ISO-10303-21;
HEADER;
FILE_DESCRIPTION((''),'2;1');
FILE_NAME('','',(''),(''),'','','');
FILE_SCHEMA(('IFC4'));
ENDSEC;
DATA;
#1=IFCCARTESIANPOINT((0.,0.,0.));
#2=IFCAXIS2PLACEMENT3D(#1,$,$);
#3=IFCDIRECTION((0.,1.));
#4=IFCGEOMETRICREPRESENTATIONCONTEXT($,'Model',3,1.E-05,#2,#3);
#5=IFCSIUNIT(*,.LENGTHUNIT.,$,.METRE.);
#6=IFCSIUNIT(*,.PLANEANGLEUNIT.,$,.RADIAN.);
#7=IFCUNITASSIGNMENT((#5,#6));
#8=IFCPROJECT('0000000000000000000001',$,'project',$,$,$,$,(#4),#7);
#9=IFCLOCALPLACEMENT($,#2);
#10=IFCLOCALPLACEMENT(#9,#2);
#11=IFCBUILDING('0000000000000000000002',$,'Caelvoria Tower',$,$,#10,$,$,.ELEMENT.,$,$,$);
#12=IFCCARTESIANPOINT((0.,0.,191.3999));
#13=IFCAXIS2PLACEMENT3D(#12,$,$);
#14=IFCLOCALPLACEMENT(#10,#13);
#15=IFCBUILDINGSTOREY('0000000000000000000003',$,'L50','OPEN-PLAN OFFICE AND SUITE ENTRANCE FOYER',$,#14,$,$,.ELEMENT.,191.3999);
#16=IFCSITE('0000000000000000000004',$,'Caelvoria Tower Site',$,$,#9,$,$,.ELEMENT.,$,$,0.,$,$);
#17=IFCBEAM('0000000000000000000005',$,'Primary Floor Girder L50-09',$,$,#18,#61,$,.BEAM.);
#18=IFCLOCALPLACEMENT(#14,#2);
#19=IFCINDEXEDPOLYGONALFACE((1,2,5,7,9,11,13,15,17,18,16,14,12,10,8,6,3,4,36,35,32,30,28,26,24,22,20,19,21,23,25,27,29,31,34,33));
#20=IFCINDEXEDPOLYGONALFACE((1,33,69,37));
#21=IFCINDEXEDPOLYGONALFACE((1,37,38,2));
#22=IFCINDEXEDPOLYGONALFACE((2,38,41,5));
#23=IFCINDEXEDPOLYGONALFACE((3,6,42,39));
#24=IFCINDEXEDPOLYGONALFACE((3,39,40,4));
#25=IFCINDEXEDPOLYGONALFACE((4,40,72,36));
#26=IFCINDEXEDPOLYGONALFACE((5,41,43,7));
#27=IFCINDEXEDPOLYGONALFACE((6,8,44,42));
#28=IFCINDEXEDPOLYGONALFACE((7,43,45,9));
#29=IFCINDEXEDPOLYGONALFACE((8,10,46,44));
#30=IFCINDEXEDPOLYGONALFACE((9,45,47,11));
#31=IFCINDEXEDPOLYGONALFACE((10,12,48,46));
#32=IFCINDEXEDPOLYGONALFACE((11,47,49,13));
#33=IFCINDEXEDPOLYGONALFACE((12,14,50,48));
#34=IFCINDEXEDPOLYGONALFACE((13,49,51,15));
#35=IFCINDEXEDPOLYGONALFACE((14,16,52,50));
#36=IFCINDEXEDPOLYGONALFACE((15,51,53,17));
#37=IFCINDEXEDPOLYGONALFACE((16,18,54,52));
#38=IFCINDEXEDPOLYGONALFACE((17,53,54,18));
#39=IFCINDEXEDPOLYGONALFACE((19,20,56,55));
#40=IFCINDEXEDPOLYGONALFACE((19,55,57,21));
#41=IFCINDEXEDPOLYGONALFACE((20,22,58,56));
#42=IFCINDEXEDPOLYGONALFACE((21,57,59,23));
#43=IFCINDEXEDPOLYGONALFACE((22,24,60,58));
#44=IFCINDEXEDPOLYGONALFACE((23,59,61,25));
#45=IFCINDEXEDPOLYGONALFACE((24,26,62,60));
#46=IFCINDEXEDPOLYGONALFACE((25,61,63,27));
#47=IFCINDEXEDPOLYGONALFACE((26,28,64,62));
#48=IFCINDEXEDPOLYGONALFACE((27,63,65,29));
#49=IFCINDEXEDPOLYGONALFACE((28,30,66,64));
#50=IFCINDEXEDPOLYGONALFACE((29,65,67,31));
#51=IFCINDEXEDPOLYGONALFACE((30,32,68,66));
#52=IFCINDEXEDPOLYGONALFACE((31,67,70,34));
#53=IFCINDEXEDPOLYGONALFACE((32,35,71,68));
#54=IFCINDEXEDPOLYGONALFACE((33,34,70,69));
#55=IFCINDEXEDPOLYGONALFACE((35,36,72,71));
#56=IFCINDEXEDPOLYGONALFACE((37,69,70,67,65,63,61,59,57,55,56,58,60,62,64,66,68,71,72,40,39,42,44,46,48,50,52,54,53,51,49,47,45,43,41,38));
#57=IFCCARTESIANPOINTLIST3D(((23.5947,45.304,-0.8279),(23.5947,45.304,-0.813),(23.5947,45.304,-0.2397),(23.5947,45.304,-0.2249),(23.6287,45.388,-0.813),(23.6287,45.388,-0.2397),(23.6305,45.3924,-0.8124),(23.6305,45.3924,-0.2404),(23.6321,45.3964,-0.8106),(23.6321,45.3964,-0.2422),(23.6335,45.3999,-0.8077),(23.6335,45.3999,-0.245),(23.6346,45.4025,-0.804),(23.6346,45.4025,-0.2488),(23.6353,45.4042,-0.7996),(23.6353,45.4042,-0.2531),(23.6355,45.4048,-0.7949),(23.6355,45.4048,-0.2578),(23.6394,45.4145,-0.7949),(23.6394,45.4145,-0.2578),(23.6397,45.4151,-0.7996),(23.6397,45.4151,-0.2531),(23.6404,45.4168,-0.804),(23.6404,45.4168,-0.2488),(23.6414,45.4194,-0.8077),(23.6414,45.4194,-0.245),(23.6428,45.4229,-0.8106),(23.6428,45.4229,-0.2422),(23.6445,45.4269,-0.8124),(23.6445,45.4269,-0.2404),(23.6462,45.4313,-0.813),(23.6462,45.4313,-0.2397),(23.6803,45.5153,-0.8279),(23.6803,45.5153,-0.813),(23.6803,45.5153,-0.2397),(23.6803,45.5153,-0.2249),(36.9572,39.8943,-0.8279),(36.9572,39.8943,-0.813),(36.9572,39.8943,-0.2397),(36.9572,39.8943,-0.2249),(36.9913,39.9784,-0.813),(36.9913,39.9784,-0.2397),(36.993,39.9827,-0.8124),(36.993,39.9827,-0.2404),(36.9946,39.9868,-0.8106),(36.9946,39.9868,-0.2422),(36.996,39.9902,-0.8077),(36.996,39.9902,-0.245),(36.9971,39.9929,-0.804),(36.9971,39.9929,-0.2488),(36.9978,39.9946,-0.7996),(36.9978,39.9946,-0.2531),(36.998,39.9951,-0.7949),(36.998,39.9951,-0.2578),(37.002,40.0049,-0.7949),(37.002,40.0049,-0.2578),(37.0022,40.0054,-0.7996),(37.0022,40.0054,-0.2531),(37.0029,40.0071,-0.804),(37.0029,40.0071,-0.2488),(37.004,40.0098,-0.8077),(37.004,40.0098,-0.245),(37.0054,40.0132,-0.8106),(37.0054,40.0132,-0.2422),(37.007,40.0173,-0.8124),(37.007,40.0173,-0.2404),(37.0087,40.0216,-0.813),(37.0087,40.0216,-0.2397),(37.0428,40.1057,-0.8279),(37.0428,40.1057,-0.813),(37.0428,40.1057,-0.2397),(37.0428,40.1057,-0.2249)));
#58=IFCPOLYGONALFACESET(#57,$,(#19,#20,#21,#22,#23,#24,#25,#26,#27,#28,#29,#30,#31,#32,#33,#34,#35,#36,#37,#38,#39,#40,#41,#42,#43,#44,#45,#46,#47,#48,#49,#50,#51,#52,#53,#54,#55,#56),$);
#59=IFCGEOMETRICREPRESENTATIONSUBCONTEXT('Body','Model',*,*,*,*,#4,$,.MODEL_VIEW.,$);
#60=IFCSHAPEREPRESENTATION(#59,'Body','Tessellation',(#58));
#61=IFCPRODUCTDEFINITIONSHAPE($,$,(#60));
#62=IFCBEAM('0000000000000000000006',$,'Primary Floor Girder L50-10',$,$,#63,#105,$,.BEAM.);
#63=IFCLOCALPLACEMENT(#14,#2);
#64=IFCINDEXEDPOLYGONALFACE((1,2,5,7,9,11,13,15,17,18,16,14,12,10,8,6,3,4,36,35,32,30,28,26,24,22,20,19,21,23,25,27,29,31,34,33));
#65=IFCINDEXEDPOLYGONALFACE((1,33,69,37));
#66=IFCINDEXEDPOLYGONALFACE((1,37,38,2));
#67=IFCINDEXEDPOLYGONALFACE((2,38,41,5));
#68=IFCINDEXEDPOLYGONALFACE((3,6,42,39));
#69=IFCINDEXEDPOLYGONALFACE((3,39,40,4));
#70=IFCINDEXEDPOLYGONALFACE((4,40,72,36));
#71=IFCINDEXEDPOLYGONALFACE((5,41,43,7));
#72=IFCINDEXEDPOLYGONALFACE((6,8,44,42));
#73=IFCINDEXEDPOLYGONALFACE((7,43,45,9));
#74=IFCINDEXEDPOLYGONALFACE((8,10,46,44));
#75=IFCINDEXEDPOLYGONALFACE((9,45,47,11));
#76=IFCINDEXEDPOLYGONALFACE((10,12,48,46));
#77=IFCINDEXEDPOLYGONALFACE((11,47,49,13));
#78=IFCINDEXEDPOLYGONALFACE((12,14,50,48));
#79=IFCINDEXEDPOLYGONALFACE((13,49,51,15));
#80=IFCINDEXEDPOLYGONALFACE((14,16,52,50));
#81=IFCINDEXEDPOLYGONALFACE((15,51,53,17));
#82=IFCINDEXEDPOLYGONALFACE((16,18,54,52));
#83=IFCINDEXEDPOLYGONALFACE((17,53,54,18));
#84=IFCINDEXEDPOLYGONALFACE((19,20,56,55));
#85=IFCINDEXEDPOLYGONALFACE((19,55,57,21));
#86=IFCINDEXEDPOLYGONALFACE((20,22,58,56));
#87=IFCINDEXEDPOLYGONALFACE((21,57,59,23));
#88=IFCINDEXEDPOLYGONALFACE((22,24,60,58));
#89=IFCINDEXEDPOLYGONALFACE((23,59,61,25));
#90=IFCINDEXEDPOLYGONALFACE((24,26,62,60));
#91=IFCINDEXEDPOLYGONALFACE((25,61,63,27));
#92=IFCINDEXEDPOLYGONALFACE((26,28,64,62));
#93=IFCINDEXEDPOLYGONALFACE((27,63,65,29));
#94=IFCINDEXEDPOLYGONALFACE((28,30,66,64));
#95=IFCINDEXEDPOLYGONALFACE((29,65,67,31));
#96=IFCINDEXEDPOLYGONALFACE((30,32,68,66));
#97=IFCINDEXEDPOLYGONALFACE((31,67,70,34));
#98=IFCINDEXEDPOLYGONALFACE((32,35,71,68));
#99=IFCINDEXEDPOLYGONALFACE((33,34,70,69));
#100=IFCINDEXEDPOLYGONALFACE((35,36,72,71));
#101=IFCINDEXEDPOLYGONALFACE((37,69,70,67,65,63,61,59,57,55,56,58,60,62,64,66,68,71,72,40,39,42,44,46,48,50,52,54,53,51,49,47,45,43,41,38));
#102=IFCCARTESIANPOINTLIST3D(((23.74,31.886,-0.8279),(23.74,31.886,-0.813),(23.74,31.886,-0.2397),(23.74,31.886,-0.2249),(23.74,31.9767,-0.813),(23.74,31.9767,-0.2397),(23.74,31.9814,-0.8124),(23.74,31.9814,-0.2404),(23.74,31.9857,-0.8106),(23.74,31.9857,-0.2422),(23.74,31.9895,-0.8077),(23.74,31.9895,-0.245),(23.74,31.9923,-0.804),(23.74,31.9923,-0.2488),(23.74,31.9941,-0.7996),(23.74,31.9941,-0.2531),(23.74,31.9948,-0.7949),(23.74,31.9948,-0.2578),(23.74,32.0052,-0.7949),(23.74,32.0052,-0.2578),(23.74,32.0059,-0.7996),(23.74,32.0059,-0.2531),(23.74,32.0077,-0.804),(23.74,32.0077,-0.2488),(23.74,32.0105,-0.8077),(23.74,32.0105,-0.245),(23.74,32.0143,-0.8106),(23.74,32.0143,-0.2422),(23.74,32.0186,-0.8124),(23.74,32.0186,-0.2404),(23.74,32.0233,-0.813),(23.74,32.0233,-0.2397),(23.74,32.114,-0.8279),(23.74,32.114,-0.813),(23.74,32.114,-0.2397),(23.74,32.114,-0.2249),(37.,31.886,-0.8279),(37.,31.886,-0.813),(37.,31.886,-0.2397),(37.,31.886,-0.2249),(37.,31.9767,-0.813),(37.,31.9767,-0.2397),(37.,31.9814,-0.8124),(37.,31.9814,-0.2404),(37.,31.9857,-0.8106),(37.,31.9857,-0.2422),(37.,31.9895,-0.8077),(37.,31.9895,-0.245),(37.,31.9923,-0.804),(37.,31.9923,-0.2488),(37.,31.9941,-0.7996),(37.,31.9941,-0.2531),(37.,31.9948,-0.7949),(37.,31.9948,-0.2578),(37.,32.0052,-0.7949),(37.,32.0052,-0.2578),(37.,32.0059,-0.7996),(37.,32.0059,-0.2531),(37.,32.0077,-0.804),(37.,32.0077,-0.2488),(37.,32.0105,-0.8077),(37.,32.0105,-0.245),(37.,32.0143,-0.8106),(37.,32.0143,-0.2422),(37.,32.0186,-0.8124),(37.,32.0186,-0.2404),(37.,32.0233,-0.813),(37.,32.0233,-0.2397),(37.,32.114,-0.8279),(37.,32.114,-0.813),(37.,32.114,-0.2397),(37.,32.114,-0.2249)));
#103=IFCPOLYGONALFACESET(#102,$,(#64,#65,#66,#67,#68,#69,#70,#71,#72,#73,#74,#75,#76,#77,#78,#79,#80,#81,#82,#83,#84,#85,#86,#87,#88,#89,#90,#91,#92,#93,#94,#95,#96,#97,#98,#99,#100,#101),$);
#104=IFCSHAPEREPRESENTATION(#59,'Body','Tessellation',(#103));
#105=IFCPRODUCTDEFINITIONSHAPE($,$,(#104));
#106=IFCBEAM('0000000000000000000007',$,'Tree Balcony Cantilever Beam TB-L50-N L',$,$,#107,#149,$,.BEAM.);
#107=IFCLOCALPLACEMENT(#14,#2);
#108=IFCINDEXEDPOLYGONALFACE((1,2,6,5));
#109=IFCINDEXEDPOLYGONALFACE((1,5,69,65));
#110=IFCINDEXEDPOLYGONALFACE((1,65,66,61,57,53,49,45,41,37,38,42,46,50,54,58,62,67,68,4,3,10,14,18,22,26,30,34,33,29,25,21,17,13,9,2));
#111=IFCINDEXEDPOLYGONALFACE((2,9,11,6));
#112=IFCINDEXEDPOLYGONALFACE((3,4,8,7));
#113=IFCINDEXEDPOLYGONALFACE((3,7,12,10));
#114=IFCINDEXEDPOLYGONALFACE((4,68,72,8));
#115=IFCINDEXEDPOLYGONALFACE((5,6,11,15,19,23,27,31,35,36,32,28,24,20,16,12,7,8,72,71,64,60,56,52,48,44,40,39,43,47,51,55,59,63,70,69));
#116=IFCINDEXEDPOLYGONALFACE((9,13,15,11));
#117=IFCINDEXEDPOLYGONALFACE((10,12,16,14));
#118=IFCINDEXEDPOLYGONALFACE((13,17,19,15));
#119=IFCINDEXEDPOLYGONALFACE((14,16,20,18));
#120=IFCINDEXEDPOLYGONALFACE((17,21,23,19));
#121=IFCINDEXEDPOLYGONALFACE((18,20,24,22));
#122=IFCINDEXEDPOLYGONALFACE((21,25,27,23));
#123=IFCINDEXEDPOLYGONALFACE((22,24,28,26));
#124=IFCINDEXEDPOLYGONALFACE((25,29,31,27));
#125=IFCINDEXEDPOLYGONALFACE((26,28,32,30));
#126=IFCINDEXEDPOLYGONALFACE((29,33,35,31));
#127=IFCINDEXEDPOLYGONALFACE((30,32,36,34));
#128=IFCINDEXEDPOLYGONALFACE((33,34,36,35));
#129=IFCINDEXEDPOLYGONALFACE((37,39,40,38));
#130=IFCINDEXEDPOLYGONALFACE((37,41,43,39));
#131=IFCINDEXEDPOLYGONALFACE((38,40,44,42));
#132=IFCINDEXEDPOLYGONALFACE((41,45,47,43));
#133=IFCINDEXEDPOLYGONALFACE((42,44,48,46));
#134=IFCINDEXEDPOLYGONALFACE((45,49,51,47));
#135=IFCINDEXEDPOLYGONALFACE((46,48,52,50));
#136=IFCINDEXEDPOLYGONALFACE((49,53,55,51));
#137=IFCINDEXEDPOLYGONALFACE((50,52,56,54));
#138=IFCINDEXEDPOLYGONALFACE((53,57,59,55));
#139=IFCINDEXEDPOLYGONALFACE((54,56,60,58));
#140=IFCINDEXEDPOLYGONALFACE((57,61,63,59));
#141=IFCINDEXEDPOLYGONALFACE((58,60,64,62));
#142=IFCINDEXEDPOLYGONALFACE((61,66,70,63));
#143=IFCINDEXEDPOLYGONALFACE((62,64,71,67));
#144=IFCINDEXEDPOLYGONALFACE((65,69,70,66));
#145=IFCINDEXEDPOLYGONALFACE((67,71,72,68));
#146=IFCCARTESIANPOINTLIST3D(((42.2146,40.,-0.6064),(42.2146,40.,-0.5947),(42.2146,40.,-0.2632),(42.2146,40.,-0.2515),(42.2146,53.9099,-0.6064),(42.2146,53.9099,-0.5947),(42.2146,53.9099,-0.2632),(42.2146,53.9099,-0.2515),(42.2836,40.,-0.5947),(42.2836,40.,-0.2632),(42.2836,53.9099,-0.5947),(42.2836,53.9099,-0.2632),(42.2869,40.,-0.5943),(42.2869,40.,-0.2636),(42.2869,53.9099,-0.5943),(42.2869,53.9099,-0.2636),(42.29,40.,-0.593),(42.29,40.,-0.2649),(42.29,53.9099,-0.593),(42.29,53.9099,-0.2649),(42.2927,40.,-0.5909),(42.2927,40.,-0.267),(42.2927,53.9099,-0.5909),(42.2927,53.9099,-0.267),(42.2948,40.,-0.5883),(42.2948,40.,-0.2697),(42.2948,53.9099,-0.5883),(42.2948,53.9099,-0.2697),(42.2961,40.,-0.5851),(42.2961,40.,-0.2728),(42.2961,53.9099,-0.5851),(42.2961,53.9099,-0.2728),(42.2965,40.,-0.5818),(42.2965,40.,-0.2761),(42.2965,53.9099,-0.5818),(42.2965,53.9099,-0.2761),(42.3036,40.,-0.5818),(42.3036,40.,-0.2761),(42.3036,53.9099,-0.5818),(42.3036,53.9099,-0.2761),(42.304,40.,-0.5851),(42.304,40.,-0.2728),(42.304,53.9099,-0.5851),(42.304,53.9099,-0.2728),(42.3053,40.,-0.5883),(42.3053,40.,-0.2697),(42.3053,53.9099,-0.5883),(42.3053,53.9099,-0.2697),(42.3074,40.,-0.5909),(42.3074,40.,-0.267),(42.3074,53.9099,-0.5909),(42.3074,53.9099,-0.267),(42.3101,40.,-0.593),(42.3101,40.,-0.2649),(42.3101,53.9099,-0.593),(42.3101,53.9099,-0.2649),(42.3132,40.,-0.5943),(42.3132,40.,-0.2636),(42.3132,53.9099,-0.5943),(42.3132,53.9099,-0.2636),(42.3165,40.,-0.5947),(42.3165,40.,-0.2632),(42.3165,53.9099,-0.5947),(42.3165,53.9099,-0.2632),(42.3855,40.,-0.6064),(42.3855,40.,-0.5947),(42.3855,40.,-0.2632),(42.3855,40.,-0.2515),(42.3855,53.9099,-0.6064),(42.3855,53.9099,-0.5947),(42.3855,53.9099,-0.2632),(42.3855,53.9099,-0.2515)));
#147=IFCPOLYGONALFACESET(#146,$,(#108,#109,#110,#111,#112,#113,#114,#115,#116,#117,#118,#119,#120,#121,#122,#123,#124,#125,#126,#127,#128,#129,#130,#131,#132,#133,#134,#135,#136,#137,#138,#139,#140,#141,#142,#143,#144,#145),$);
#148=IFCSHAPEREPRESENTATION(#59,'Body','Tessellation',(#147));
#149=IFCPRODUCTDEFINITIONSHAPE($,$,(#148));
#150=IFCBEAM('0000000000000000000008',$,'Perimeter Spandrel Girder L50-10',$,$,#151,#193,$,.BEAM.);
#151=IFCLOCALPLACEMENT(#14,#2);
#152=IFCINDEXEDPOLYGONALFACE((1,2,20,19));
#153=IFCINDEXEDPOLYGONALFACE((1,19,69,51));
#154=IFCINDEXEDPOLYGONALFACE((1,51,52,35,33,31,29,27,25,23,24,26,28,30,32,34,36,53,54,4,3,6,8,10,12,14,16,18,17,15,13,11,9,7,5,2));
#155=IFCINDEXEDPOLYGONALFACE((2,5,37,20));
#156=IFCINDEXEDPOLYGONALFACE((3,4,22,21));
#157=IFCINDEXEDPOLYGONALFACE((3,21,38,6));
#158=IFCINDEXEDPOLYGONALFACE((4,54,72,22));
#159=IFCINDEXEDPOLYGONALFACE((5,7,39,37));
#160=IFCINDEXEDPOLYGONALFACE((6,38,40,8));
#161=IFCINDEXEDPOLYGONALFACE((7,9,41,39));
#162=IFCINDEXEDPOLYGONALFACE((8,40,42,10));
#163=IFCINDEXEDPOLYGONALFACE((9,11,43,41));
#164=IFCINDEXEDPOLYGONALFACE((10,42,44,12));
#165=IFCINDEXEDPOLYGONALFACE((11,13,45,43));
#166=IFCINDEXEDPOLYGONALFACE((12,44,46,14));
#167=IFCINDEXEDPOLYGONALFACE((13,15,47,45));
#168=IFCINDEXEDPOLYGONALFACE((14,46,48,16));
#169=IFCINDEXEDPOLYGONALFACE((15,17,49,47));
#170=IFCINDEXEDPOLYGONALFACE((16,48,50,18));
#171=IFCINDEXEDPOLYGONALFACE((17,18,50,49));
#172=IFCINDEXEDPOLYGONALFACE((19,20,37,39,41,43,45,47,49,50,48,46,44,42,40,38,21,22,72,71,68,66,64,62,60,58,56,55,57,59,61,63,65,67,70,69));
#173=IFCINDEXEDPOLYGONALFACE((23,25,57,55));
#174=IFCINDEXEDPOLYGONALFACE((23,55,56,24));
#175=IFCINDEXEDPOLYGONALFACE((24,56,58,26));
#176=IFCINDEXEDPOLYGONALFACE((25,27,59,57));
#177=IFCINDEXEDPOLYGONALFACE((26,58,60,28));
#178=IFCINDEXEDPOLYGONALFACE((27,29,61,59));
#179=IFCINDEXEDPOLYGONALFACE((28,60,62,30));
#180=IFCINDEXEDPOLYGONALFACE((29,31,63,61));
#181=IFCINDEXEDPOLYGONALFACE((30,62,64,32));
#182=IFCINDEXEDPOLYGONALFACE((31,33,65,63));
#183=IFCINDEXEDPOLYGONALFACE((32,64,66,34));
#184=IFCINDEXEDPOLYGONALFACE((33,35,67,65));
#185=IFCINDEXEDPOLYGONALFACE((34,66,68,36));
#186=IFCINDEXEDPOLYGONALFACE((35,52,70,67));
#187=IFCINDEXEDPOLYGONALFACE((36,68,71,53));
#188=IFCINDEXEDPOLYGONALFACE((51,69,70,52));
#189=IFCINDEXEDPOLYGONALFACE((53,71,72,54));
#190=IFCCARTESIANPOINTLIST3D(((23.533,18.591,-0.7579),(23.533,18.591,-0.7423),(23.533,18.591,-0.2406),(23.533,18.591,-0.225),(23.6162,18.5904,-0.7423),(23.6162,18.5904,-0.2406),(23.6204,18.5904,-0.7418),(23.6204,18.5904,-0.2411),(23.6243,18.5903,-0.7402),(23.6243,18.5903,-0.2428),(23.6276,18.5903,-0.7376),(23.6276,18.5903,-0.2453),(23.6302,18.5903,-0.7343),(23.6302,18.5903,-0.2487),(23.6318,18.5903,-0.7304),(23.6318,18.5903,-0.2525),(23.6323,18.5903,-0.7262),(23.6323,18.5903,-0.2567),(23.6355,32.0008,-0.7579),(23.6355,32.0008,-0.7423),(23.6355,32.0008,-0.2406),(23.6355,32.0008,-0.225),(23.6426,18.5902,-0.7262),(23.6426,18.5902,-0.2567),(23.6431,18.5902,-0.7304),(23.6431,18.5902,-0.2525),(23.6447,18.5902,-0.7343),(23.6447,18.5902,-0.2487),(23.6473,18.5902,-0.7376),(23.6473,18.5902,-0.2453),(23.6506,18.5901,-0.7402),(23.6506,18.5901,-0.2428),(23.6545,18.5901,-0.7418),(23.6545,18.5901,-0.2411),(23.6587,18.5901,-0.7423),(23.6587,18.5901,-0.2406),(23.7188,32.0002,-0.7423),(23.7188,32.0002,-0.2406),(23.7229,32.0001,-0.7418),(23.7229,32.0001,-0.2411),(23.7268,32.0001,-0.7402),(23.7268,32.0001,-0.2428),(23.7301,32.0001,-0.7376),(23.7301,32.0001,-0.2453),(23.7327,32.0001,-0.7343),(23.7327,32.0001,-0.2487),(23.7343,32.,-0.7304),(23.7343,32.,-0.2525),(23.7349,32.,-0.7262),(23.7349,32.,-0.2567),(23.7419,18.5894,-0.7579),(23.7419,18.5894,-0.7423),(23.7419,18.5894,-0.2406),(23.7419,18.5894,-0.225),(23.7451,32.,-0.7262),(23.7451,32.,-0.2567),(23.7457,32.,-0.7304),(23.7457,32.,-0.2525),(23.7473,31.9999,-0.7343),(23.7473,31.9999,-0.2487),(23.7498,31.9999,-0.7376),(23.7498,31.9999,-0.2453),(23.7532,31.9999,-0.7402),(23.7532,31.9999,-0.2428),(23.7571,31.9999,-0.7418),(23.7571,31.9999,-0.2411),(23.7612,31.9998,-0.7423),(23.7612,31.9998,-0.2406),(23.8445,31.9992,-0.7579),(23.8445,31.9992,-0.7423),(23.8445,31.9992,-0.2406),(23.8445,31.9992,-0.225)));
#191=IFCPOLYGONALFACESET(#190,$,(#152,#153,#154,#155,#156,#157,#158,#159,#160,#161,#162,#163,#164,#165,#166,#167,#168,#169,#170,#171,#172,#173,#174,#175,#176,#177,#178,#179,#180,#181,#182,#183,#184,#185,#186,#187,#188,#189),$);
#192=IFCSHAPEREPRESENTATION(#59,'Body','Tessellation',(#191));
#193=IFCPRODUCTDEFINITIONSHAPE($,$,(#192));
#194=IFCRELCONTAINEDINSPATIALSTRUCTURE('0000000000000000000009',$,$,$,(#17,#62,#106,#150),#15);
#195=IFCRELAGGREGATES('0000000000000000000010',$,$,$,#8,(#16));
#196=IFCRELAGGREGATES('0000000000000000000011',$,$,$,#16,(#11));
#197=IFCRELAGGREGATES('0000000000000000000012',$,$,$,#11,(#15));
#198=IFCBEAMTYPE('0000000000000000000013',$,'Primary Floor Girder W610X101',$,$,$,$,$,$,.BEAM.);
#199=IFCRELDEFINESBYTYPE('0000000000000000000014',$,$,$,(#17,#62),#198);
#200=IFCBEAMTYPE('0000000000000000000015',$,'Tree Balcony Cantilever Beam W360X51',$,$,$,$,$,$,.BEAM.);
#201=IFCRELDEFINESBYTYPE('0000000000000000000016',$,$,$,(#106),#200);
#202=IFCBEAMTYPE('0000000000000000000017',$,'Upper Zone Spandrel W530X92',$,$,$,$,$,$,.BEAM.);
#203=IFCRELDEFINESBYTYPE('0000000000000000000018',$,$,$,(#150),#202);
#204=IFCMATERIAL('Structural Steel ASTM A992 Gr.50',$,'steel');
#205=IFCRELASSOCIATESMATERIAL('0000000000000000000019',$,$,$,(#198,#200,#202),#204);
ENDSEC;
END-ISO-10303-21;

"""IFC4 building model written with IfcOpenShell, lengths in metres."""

from ifc_helpers import new_model, si_unit, direction, frame, origin, origin_2d, place, context, subcontext, project, spatial, i_section, extrude, material, material_profile, profile_set, type_object, element, save


model = new_model("IFC4")

# Units and contexts
model_context = context("Model", 3, precision=1e-05, world=origin(), true_north=direction((0.0, 1.0)))
body_context = subcontext(model_context, "Body", "Model", "MODEL_VIEW")
ifc_project = project(units=[si_unit("LENGTHUNIT", "METRE"), si_unit("PLANEANGLEUNIT", "RADIAN")], contexts=[model_context])

# Site, building, storey
site_placement = place(None, origin())
site = spatial("IfcSite", under=ifc_project, at=site_placement, Name="Caelvoria Tower Site", CompositionType="ELEMENT", RefElevation=0.0)
building_placement = place(site_placement, origin())
building = spatial("IfcBuilding", under=site, at=building_placement, Name="Caelvoria Tower", CompositionType="ELEMENT")
storey_placement = place(building_placement, frame((0.0, 0.0, 191.3999)))
storey = spatial("IfcBuildingStorey", under=building, at=storey_placement, Name="L50", Description="OPEN-PLAN OFFICE AND SUITE ENTRANCE FOYER", CompositionType="ELEMENT", Elevation=191.3999)

# Shared definitions
ifc_material_1 = material(Name="Structural Steel ASTM A992 Gr.50", Category="steel")

# Beams
ifc_material_profile_1 = material_profile(ifc_material_1, i_section(OverallWidth=0.228, OverallDepth=0.603, WebThickness=0.0105, FlangeThickness=0.0149, FilletRadius=0.0181, at=origin_2d()), Name="Structural Steel ASTM A992 Gr.50")
ifc_profile_set_1 = profile_set([ifc_material_profile_1], Name="W610X101 - Structural Steel ASTM A992 Gr.50")
beam_type_1 = type_object("IfcBeamType", Name="Primary Floor Girder W610X101", PredefinedType="BEAM", material=ifc_profile_set_1)
beam_1_placement = place(storey_placement, frame((37.0, 40.0, -0.5264), z_axis=(-0.926922, 0.375253, 0.0), x_axis=(-0.375253, -0.926922, 0.0)))
element("IfcBeam", 1, at=beam_1_placement, inside=storey, type_object=beam_type_1, Name="Primary Floor Girder L50-09", PredefinedType="BEAM", context=body_context, shape_type="SweptSolid", body=[
    extrude(i_section(OverallWidth=0.228, OverallDepth=0.603, WebThickness=0.0105, FlangeThickness=0.0149, FilletRadius=0.0181, at=origin_2d()), origin(), (0.0, 0.0, 1.0), 14.416),
])
beam_2_placement = place(storey_placement, frame((37.0, 32.0, -0.5264), z_axis=(-1.0, 0.0, 0.0), x_axis=(0.0, -1.0, 0.0)))
element("IfcBeam", 2, at=beam_2_placement, inside=storey, type_object=beam_type_1, Name="Primary Floor Girder L50-10", PredefinedType="BEAM", context=body_context, shape_type="SweptSolid", body=[
    extrude(i_section(OverallWidth=0.228, OverallDepth=0.603, WebThickness=0.0105, FlangeThickness=0.0149, FilletRadius=0.0181, at=origin_2d()), origin(), (0.0, 0.0, 1.0), 13.26),
])
ifc_material_profile_2 = material_profile(ifc_material_1, i_section(OverallWidth=0.1709, OverallDepth=0.355, WebThickness=0.0071, FlangeThickness=0.0117, FilletRadius=0.0129, at=origin_2d()), Name="Structural Steel ASTM A992 Gr.50")
ifc_profile_set_2 = profile_set([ifc_material_profile_2], Name="W360X51 - Structural Steel ASTM A992 Gr.50")
beam_type_2 = type_object("IfcBeamType", Name="Tree Balcony Cantilever Beam W360X51", PredefinedType="BEAM", material=ifc_profile_set_2)
beam_3_placement = place(storey_placement, frame((42.3, 40.0, -0.429), z_axis=(0.0, 1.0, 0.0), x_axis=(-1.0, 0.0, 0.0)))
element("IfcBeam", 3, at=beam_3_placement, inside=storey, type_object=beam_type_2, Name="Tree Balcony Cantilever Beam TB-L50-N L", PredefinedType="BEAM", context=body_context, shape_type="SweptSolid", body=[
    extrude(i_section(OverallWidth=0.1709, OverallDepth=0.355, WebThickness=0.0071, FlangeThickness=0.0117, FilletRadius=0.0129, at=origin_2d()), origin(), (0.0, 0.0, 1.0), 13.9099),
])
ifc_material_profile_3 = material_profile(ifc_material_1, i_section(OverallWidth=0.209, OverallDepth=0.533, WebThickness=0.0103, FlangeThickness=0.0156, FilletRadius=0.0161, at=origin_2d()), Name="Structural Steel ASTM A992 Gr.50")
ifc_profile_set_3 = profile_set([ifc_material_profile_3], Name="W530X92 - Structural Steel ASTM A992 Gr.50")
beam_type_3 = type_object("IfcBeamType", Name="Upper Zone Spandrel W530X92", PredefinedType="BEAM", material=ifc_profile_set_3)
beam_4_placement = place(storey_placement, frame((23.74, 32.0, -0.4915), z_axis=(-0.007646, -0.999971, 0.0), x_axis=(0.999971, -0.007646, 0.0)))
element("IfcBeam", 4, at=beam_4_placement, inside=storey, type_object=beam_type_3, Name="Perimeter Spandrel Girder L50-10", PredefinedType="BEAM", context=body_context, shape_type="SweptSolid", body=[
    extrude(i_section(OverallWidth=0.209, OverallDepth=0.533, WebThickness=0.0103, FlangeThickness=0.0156, FilletRadius=0.0161, at=origin_2d()), origin(), (0.0, 0.0, 1.0), 13.4102),
])

save(model, "model.ifc")
